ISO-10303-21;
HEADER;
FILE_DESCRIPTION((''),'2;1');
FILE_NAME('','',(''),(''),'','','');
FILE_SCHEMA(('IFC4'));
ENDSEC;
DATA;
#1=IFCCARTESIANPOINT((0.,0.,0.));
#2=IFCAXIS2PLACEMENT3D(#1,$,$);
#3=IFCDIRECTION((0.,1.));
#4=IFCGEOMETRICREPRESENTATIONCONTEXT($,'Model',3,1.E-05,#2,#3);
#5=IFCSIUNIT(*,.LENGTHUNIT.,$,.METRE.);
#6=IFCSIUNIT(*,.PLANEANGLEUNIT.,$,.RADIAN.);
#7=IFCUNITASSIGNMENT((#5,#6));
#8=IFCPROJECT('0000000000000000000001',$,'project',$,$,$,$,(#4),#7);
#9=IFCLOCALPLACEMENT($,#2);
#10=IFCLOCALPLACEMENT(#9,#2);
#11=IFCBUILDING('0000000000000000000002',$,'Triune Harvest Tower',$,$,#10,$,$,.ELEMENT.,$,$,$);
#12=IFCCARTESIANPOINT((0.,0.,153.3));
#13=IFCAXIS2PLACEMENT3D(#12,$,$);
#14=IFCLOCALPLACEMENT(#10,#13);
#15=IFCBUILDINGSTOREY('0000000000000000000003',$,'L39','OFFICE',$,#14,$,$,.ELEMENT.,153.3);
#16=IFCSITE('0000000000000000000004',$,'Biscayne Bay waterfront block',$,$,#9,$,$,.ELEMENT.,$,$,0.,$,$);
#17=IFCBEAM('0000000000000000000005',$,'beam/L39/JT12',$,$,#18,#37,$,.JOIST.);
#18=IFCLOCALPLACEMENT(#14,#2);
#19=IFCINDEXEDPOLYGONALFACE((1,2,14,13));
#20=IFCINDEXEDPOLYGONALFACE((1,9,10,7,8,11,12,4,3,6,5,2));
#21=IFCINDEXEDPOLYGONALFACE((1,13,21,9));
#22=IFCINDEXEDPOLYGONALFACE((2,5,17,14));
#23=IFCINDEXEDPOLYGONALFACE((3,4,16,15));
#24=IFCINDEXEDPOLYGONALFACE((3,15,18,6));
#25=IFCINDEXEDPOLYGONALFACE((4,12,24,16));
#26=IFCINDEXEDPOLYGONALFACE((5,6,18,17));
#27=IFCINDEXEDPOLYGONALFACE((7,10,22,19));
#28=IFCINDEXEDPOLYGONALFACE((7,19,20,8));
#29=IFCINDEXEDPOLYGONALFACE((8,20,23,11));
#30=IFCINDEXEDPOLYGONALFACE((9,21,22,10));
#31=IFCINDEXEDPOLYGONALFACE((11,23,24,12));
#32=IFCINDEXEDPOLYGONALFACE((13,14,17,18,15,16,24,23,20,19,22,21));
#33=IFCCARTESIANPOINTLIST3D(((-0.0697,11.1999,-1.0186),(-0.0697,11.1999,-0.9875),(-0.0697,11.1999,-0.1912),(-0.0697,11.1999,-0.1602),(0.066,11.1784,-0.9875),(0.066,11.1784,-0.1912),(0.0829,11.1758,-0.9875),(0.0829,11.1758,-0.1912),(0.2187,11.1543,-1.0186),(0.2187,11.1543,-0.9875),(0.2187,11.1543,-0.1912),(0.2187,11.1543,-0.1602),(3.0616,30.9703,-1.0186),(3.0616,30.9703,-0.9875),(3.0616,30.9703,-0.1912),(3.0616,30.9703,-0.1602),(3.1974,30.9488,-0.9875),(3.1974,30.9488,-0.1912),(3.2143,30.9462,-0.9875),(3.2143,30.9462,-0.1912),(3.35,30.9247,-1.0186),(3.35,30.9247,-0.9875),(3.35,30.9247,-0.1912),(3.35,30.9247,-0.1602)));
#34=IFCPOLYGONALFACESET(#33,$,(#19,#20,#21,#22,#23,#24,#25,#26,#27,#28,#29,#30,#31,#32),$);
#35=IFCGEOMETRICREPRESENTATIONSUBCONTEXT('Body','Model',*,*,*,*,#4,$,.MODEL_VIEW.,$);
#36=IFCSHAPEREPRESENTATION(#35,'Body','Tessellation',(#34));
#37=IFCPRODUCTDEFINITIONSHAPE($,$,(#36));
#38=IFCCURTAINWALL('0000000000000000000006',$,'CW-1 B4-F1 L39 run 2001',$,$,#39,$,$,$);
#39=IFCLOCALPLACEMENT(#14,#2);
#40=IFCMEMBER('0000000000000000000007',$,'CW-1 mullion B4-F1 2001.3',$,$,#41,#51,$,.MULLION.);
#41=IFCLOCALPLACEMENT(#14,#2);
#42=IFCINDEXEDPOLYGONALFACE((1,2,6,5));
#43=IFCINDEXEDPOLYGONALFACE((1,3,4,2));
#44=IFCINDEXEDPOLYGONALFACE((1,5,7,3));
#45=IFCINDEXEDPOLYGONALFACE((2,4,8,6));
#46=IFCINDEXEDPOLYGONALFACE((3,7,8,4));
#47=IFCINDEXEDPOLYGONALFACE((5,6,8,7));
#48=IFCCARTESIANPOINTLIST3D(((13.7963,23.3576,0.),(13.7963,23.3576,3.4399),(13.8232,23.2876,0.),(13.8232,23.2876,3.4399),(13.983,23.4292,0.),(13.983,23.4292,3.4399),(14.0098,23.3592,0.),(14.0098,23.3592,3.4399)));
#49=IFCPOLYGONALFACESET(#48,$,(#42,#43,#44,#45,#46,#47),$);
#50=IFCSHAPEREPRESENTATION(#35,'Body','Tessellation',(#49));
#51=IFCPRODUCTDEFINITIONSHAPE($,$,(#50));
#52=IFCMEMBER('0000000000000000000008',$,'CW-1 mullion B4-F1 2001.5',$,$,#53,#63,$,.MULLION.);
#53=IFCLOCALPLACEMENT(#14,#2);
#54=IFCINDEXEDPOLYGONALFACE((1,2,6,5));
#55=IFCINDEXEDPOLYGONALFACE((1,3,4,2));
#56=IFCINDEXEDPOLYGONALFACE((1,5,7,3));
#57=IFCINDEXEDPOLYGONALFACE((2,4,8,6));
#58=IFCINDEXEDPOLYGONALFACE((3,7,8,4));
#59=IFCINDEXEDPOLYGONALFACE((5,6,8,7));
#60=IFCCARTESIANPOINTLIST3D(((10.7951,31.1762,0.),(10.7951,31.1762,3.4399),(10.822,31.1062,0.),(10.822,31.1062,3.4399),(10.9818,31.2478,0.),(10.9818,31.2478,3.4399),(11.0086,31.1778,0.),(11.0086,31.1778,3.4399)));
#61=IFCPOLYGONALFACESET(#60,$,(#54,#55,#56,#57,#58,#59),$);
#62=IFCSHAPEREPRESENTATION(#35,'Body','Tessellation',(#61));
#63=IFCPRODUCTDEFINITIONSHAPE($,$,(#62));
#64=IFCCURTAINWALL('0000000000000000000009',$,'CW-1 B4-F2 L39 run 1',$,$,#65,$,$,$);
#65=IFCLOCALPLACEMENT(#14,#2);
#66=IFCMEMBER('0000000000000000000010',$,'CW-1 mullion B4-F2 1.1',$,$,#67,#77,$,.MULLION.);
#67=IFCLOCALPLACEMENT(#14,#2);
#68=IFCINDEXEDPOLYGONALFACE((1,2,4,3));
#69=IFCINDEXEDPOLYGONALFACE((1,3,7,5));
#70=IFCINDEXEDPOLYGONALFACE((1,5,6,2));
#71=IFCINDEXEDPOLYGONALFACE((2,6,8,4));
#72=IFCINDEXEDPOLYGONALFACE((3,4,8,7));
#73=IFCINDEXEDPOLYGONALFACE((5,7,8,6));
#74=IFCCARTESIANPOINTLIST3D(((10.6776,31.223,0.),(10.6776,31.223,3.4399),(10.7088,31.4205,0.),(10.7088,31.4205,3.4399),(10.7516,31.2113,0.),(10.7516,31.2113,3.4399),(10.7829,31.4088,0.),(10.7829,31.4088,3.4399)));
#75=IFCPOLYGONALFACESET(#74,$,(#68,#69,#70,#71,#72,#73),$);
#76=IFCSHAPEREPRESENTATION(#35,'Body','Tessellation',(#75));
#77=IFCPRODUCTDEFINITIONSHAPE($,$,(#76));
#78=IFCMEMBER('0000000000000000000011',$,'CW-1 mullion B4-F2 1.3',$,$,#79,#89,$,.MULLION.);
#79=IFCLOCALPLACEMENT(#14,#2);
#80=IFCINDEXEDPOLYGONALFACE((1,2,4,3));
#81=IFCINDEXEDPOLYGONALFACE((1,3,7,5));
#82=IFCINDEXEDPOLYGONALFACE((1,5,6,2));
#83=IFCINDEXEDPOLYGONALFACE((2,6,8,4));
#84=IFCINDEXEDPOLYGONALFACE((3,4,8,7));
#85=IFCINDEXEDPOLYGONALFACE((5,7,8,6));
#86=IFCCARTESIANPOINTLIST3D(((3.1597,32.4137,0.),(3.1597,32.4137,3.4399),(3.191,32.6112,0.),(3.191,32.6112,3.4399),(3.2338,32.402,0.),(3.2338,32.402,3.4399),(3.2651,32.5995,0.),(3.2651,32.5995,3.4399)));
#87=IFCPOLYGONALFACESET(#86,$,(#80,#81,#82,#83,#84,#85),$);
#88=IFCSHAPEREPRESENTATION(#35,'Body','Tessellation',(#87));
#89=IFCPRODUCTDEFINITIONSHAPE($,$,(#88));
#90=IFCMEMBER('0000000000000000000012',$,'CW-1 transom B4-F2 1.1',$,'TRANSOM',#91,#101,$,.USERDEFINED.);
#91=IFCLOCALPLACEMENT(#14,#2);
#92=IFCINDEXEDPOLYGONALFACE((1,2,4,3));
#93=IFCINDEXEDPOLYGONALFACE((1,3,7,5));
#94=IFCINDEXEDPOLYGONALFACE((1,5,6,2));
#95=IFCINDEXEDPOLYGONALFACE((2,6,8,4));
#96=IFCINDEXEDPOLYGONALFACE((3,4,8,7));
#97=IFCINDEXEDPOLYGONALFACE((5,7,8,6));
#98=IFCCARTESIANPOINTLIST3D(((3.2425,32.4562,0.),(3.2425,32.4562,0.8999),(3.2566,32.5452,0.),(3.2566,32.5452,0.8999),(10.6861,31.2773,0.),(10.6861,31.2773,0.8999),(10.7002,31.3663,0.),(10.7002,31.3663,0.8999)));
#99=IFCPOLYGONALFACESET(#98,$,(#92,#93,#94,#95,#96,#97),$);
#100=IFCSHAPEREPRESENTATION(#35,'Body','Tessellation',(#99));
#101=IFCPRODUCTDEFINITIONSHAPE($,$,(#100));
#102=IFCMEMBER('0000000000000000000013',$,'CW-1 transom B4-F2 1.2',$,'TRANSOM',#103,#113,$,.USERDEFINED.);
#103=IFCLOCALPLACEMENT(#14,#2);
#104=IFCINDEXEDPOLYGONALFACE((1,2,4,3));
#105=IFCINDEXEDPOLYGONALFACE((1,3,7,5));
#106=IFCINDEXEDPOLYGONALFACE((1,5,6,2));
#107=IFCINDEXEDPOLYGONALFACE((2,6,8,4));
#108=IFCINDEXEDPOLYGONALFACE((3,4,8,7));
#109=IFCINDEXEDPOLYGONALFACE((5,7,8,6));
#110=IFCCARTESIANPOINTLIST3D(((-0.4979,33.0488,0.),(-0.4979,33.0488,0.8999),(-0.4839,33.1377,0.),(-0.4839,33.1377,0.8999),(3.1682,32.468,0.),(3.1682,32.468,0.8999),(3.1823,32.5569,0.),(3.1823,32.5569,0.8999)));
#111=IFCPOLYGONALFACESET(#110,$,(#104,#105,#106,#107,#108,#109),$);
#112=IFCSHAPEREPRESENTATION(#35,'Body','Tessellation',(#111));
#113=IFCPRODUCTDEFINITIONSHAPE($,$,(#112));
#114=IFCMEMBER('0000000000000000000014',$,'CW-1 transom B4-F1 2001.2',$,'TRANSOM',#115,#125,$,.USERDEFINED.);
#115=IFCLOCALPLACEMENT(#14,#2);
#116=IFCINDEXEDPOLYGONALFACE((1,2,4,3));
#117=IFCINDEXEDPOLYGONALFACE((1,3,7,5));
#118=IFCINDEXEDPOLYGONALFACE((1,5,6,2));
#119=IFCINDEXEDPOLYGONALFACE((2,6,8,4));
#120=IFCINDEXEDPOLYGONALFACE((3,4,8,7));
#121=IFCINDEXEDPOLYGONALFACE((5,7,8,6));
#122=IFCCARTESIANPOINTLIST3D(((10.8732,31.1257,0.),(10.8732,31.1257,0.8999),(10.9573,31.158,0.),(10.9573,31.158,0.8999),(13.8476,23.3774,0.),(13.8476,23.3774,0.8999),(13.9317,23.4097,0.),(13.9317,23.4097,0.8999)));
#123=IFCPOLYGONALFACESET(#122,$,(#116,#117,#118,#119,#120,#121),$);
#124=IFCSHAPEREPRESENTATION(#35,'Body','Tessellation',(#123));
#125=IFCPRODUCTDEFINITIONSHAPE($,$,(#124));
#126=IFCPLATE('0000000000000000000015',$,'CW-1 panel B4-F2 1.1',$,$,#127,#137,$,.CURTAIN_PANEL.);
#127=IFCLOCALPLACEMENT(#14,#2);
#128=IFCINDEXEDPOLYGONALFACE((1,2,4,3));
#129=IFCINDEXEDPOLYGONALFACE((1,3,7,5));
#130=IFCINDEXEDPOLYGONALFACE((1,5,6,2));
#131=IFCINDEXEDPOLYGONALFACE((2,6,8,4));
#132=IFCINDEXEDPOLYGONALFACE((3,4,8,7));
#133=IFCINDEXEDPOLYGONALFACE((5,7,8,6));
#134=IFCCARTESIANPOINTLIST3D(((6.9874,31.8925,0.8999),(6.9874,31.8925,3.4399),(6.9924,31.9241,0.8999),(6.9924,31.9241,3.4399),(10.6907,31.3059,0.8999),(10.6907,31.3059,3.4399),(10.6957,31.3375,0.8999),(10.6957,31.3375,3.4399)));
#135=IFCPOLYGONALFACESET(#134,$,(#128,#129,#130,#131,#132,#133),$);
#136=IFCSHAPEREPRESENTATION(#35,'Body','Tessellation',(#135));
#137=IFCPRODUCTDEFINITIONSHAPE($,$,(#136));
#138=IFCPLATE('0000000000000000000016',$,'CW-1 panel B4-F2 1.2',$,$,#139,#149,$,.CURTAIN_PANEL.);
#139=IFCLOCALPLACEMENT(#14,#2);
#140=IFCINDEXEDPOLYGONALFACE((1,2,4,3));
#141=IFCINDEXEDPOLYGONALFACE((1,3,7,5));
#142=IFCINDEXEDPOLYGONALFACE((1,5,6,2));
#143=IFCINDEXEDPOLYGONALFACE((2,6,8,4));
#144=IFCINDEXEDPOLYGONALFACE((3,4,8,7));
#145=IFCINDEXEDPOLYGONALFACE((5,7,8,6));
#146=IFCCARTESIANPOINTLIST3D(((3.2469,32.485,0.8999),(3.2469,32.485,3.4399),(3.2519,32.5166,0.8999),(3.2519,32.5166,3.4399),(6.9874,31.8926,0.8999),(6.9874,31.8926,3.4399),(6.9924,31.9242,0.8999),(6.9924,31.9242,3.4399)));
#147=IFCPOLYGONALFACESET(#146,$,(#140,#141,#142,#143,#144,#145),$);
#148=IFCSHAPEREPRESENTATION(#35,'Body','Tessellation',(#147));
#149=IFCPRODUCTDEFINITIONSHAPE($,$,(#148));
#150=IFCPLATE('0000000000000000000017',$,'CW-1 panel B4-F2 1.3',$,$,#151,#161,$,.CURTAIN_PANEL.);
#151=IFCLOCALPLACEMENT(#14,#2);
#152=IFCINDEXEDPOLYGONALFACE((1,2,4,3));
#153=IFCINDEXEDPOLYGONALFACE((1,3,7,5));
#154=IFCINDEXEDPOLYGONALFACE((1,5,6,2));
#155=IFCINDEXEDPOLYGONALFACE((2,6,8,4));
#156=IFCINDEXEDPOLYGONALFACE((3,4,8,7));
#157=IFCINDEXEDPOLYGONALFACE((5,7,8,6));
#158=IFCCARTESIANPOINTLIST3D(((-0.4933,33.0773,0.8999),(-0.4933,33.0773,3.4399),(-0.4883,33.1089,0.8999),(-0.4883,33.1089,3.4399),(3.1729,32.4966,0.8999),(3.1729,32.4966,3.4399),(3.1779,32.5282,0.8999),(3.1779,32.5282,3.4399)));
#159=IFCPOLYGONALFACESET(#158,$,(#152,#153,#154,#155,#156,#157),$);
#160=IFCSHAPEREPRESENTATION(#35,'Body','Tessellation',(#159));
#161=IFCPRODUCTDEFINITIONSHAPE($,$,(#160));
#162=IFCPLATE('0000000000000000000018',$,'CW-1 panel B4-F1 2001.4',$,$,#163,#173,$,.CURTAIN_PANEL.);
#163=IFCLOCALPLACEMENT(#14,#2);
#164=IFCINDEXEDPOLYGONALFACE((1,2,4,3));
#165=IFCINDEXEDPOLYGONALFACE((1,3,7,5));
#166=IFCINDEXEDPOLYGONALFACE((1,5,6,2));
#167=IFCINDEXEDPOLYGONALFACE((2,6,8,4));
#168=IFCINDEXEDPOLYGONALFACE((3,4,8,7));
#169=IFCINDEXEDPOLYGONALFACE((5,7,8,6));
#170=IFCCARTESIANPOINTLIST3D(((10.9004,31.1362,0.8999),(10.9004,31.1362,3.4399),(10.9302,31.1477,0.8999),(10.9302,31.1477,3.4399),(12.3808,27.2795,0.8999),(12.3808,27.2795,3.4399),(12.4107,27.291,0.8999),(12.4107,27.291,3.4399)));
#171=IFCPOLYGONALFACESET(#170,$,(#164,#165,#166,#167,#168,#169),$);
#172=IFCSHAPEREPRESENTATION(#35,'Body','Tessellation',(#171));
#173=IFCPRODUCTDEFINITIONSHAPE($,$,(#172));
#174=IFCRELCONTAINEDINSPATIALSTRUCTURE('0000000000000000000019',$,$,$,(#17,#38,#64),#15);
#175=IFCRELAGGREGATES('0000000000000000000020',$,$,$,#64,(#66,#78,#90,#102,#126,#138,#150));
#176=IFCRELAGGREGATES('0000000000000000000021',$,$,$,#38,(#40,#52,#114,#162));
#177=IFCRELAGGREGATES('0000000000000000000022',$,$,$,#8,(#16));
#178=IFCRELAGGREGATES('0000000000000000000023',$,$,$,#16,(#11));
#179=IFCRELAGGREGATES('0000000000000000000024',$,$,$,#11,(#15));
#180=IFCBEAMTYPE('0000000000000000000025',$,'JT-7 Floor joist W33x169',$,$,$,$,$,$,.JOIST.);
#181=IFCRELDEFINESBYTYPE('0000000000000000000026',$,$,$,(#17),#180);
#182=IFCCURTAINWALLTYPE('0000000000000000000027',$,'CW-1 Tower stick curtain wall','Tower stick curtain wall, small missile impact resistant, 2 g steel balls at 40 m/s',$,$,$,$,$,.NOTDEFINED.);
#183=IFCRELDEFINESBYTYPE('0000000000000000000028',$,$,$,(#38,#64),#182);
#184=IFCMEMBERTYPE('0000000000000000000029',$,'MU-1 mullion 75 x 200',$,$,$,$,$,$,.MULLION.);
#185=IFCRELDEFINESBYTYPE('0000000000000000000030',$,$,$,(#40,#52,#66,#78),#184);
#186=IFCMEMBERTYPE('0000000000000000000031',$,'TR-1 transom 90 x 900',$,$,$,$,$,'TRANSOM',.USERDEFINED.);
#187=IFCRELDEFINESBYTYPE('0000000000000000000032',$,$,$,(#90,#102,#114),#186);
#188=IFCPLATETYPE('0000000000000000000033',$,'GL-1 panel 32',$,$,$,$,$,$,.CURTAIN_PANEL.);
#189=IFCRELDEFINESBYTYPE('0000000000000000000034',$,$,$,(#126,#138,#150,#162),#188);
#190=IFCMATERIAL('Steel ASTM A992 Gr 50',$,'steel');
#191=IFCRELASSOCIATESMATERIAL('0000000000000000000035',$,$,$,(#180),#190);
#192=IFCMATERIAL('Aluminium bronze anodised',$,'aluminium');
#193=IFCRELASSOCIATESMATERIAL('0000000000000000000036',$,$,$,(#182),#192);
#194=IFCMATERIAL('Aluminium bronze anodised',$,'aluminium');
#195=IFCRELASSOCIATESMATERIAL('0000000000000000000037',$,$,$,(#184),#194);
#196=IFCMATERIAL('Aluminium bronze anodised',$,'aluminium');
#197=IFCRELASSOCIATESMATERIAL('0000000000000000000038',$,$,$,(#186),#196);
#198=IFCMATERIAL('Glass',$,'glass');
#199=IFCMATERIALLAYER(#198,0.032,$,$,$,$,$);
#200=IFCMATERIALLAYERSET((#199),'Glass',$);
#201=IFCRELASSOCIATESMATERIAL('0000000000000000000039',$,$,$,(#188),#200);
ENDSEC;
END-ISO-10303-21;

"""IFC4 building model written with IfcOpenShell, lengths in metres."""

from ifc_helpers import new_model, si_unit, direction, frame, origin, origin_2d, place, context, subcontext, project, spatial, rectangle, i_section, extrude, source, transform, mapped, material, layer, layer_set, material_profile, profile_set, type_object, element, aggregate, save


model = new_model("IFC4")

# Units and contexts
model_context = context("Model", 3, precision=1e-05, world=origin(), true_north=direction((0.0, 1.0)))
body_context = subcontext(model_context, "Body", "Model", "MODEL_VIEW")
ifc_project = project(units=[si_unit("LENGTHUNIT", "METRE"), si_unit("PLANEANGLEUNIT", "RADIAN")], contexts=[model_context])

# Site, building, storey
site_placement = place(None, origin())
site = spatial("IfcSite", under=ifc_project, at=site_placement, Name="Biscayne Bay waterfront block", CompositionType="ELEMENT", RefElevation=0.0)
building_placement = place(site_placement, origin())
building = spatial("IfcBuilding", under=site, at=building_placement, Name="Triune Harvest Tower", CompositionType="ELEMENT")
storey_placement = place(building_placement, frame((0.0, 0.0, 153.3)))
storey = spatial("IfcBuildingStorey", under=building, at=storey_placement, Name="L39", Description="OFFICE", CompositionType="ELEMENT", Elevation=153.3)

# Beam
ifc_material_1 = material(Name="Steel ASTM A992 Gr 50", Category="steel")
ifc_material_profile_1 = material_profile(ifc_material_1, i_section(OverallWidth=0.292, OverallDepth=0.8584, WebThickness=0.0171, FlangeThickness=0.031, at=origin_2d()), Name="W33x169")
ifc_profile_set_1 = profile_set([ifc_material_profile_1], Name="Steel ASTM A992 Gr 50")
beam_type_1 = type_object("IfcBeamType", Name="JT-7 Floor joist W33x169", PredefinedType="JOIST", material=ifc_profile_set_1)
shared_shape_1 = source(origin(), body_context, "Body", "SweptSolid", [
    extrude(i_section(OverallWidth=0.292, OverallDepth=0.8584, WebThickness=0.0171, FlangeThickness=0.031, at=origin_2d()), origin(), (0.0, 0.0, 1.0), 20.0168),
])
beam_1_placement = place(storey_placement, frame((3.2058, 30.9475, -0.5894), z_axis=(-0.156435, -0.987688, 0.0), x_axis=(0.987688, -0.156435, 0.0)))
element("IfcBeam", 1, at=beam_1_placement, inside=storey, type_object=beam_type_1, Name="beam/L39/JT12", PredefinedType="JOIST", context=body_context, shape_type="MappedRepresentation", body=[
    mapped(shared_shape_1, transform((0.0, 0.0, 0.0), scale=1.0)),
])

# Curtain walls, members
ifc_material_2 = material(Name="Aluminium bronze anodised", Category="aluminium")
curtain_wall_type = type_object("IfcCurtainWallType", Name="CW-1 Tower stick curtain wall", Description="Tower stick curtain wall, small missile impact resistant, 2 g steel balls at 40 m/s", PredefinedType="NOTDEFINED", material=ifc_material_2)
curtain_wall_1_placement = place(storey_placement, origin())
curtain_wall_1 = element("IfcCurtainWall", 2, at=curtain_wall_1_placement, inside=storey, type_object=curtain_wall_type, Name="CW-1 B4-F1 L39 run 2001")
ifc_material_3 = material(Name="Aluminium bronze anodised", Category="aluminium")
ifc_material_profile_2 = material_profile(ifc_material_3, rectangle(XDim=0.2, YDim=0.075, at=origin_2d()), Name="MU-1 mullion 75 x 200")
ifc_profile_set_2 = profile_set([ifc_material_profile_2], Name="Aluminium bronze anodised")
member_type_1 = type_object("IfcMemberType", Name="MU-1 mullion 75 x 200", PredefinedType="MULLION", material=ifc_profile_set_2)
shared_shape_2 = source(origin(), body_context, "Body", "SweptSolid", [
    extrude(rectangle(XDim=0.2, YDim=0.075, at=origin_2d()), origin(), (0.0, 0.0, 1.0), 3.4399),
])
member_1_placement = place(storey_placement, frame((13.9031, 23.3584, 0.0), z_axis=(0.0, 0.0, 1.0), x_axis=(-0.933579, -0.358371, 0.0)))
member_1 = element("IfcMember", 3, at=member_1_placement, type_object=member_type_1, Name="CW-1 mullion B4-F1 2001.3", PredefinedType="MULLION", context=body_context, shape_type="MappedRepresentation", body=[
    mapped(shared_shape_2, transform((0.0, 0.0, 0.0), scale=1.0)),
])
member_2_placement = place(storey_placement, frame((10.9019, 31.177, 0.0), z_axis=(0.0, 0.0, 1.0), x_axis=(-0.933579, -0.358371, 0.0)))
member_2 = element("IfcMember", 4, at=member_2_placement, type_object=member_type_1, Name="CW-1 mullion B4-F1 2001.5", PredefinedType="MULLION", context=body_context, shape_type="MappedRepresentation", body=[
    mapped(shared_shape_2, transform((0.0, 0.0, 0.0), scale=1.0)),
])
curtain_wall_2_placement = place(storey_placement, origin())
curtain_wall_2 = element("IfcCurtainWall", 5, at=curtain_wall_2_placement, inside=storey, type_object=curtain_wall_type, Name="CW-1 B4-F2 L39 run 1")
member_3_placement = place(storey_placement, frame((10.7302, 31.3159, 0.0), z_axis=(0.0, 0.0, 1.0), x_axis=(-0.156433, -0.987689, 0.0)))
member_3 = element("IfcMember", 6, at=member_3_placement, type_object=member_type_1, Name="CW-1 mullion B4-F2 1.1", PredefinedType="MULLION", context=body_context, shape_type="MappedRepresentation", body=[
    mapped(shared_shape_2, transform((0.0, 0.0, 0.0), scale=1.0)),
])
member_4_placement = place(storey_placement, frame((3.2124, 32.5066, 0.0), z_axis=(0.0, 0.0, 1.0), x_axis=(-0.156433, -0.987689, 0.0)))
member_4 = element("IfcMember", 7, at=member_4_placement, type_object=member_type_1, Name="CW-1 mullion B4-F2 1.3", PredefinedType="MULLION", context=body_context, shape_type="MappedRepresentation", body=[
    mapped(shared_shape_2, transform((0.0, 0.0, 0.0), scale=1.0)),
])
ifc_material_4 = material(Name="Aluminium bronze anodised", Category="aluminium")
ifc_material_profile_3 = material_profile(ifc_material_4, rectangle(XDim=0.0901, YDim=0.8999, at=origin_2d()), Name="TR-1 transom 90 x 900")
ifc_profile_set_3 = profile_set([ifc_material_profile_3], Name="Aluminium bronze anodised")
member_type_2 = type_object("IfcMemberType", Name="TR-1 transom 90 x 900", ElementType="TRANSOM", PredefinedType="USERDEFINED", material=ifc_profile_set_3)
shared_shape_3 = source(origin(), body_context, "Body", "SweptSolid", [
    extrude(rectangle(XDim=0.0901, YDim=0.8999, at=origin_2d()), origin(), (0.0, 0.0, 1.0), 7.5364),
])
member_5_placement = place(storey_placement, frame((10.6931, 31.3218, 0.45), z_axis=(-0.987688, 0.156435, 0.0), x_axis=(-0.156435, -0.987688, 0.0)))
member_5 = element("IfcMember", 8, at=member_5_placement, type_object=member_type_2, Name="CW-1 transom B4-F2 1.1", ObjectType="TRANSOM", PredefinedType="USERDEFINED", context=body_context, shape_type="MappedRepresentation", body=[
    mapped(shared_shape_3, transform((0.0, 0.0, 0.0), scale=1.0)),
])
shared_shape_4 = source(origin(), body_context, "Body", "SweptSolid", [
    extrude(rectangle(XDim=0.0901, YDim=0.8999, at=origin_2d()), origin(), (0.0, 0.0, 1.0), 3.7119),
])
member_6_placement = place(storey_placement, frame((3.1753, 32.5125, 0.45), z_axis=(-0.987683, 0.156469, 0.0), x_axis=(-0.156469, -0.987683, 0.0)))
member_6 = element("IfcMember", 9, at=member_6_placement, type_object=member_type_2, Name="CW-1 transom B4-F2 1.2", ObjectType="TRANSOM", PredefinedType="USERDEFINED", context=body_context, shape_type="MappedRepresentation", body=[
    mapped(shared_shape_4, transform((0.0, 0.0, 0.0), scale=1.0)),
])

# Member
shared_shape_5 = source(origin(), body_context, "Body", "SweptSolid", [
    extrude(rectangle(XDim=0.0901, YDim=0.8999, at=origin_2d()), origin(), (0.0, 0.0, 1.0), 8.2996),
])
member_7_placement = place(storey_placement, frame((13.8896, 23.3936, 0.45), z_axis=(-0.358376, 0.933577, 0.0), x_axis=(-0.933577, -0.358376, 0.0)))
member_7 = element("IfcMember", 10, at=member_7_placement, type_object=member_type_2, Name="CW-1 transom B4-F1 2001.2", ObjectType="TRANSOM", PredefinedType="USERDEFINED", context=body_context, shape_type="MappedRepresentation", body=[
    mapped(shared_shape_5, transform((0.0, 0.0, 0.0), scale=1.0)),
])

# Plates
ifc_material_5 = material(Name="Glass", Category="glass")
ifc_layer_1 = layer(ifc_material_5, 0.032)
ifc_layer_set_1 = layer_set([ifc_layer_1], Name="Glass")
plate_type = type_object("IfcPlateType", Name="GL-1 panel 32", PredefinedType="CURTAIN_PANEL", material=ifc_layer_set_1)
shared_shape_6 = source(origin(), body_context, "Body", "SweptSolid", [
    extrude(rectangle(XDim=3.7495, YDim=0.032, at=origin_2d()), origin(), (0.0, 0.0, 1.0), 2.54),
])
plate_1_placement = place(storey_placement, frame((8.8416, 31.615, 0.8999), z_axis=(0.0, 0.0, 1.0), x_axis=(-0.987689, 0.156433, 0.0)))
plate_1 = element("IfcPlate", 11, at=plate_1_placement, type_object=plate_type, Name="CW-1 panel B4-F2 1.1", PredefinedType="CURTAIN_PANEL", context=body_context, shape_type="MappedRepresentation", body=[
    mapped(shared_shape_6, transform((0.0, 0.0, 0.0), scale=1.0)),
])
shared_shape_7 = source(origin(), body_context, "Body", "SweptSolid", [
    extrude(rectangle(XDim=3.7871, YDim=0.032, at=origin_2d()), origin(), (0.0, 0.0, 1.0), 2.54),
])
plate_2_placement = place(storey_placement, frame((5.1196, 32.2046, 0.8999), z_axis=(0.0, 0.0, 1.0), x_axis=(-0.987689, 0.156433, 0.0)))
plate_2 = element("IfcPlate", 12, at=plate_2_placement, type_object=plate_type, Name="CW-1 panel B4-F2 1.2", PredefinedType="CURTAIN_PANEL", context=body_context, shape_type="MappedRepresentation", body=[
    mapped(shared_shape_7, transform((0.0, 0.0, 0.0), scale=1.0)),
])
shared_shape_8 = source(origin(), body_context, "Body", "SweptSolid", [
    extrude(rectangle(XDim=3.7119, YDim=0.032, at=origin_2d()), origin(), (0.0, 0.0, 1.0), 2.54),
])
plate_3_placement = place(storey_placement, frame((1.3423, 32.8027, 0.8999), z_axis=(0.0, 0.0, 1.0), x_axis=(-0.987689, 0.156433, 0.0)))
plate_3 = element("IfcPlate", 13, at=plate_3_placement, type_object=plate_type, Name="CW-1 panel B4-F2 1.3", PredefinedType="CURTAIN_PANEL", context=body_context, shape_type="MappedRepresentation", body=[
    mapped(shared_shape_8, transform((0.0, 0.0, 0.0), scale=1.0)),
])
aggregate(curtain_wall_2, [member_3, member_4, member_5, member_6, plate_1, plate_2, plate_3])
shared_shape_9 = source(origin(), body_context, "Body", "SweptSolid", [
    extrude(rectangle(XDim=4.1311, YDim=0.032, at=origin_2d()), origin(), (0.0, 0.0, 1.0), 2.54),
])
plate_4_placement = place(storey_placement, frame((11.6555, 29.2136, 0.8999), z_axis=(0.0, 0.0, 1.0), x_axis=(-0.358371, 0.933579, 0.0)))
plate_4 = element("IfcPlate", 14, at=plate_4_placement, type_object=plate_type, Name="CW-1 panel B4-F1 2001.4", PredefinedType="CURTAIN_PANEL", context=body_context, shape_type="MappedRepresentation", body=[
    mapped(shared_shape_9, transform((0.0, 0.0, 0.0), scale=1.0)),
])
aggregate(curtain_wall_1, [member_1, member_2, member_7, plate_4])

save(model, "model.ifc")
